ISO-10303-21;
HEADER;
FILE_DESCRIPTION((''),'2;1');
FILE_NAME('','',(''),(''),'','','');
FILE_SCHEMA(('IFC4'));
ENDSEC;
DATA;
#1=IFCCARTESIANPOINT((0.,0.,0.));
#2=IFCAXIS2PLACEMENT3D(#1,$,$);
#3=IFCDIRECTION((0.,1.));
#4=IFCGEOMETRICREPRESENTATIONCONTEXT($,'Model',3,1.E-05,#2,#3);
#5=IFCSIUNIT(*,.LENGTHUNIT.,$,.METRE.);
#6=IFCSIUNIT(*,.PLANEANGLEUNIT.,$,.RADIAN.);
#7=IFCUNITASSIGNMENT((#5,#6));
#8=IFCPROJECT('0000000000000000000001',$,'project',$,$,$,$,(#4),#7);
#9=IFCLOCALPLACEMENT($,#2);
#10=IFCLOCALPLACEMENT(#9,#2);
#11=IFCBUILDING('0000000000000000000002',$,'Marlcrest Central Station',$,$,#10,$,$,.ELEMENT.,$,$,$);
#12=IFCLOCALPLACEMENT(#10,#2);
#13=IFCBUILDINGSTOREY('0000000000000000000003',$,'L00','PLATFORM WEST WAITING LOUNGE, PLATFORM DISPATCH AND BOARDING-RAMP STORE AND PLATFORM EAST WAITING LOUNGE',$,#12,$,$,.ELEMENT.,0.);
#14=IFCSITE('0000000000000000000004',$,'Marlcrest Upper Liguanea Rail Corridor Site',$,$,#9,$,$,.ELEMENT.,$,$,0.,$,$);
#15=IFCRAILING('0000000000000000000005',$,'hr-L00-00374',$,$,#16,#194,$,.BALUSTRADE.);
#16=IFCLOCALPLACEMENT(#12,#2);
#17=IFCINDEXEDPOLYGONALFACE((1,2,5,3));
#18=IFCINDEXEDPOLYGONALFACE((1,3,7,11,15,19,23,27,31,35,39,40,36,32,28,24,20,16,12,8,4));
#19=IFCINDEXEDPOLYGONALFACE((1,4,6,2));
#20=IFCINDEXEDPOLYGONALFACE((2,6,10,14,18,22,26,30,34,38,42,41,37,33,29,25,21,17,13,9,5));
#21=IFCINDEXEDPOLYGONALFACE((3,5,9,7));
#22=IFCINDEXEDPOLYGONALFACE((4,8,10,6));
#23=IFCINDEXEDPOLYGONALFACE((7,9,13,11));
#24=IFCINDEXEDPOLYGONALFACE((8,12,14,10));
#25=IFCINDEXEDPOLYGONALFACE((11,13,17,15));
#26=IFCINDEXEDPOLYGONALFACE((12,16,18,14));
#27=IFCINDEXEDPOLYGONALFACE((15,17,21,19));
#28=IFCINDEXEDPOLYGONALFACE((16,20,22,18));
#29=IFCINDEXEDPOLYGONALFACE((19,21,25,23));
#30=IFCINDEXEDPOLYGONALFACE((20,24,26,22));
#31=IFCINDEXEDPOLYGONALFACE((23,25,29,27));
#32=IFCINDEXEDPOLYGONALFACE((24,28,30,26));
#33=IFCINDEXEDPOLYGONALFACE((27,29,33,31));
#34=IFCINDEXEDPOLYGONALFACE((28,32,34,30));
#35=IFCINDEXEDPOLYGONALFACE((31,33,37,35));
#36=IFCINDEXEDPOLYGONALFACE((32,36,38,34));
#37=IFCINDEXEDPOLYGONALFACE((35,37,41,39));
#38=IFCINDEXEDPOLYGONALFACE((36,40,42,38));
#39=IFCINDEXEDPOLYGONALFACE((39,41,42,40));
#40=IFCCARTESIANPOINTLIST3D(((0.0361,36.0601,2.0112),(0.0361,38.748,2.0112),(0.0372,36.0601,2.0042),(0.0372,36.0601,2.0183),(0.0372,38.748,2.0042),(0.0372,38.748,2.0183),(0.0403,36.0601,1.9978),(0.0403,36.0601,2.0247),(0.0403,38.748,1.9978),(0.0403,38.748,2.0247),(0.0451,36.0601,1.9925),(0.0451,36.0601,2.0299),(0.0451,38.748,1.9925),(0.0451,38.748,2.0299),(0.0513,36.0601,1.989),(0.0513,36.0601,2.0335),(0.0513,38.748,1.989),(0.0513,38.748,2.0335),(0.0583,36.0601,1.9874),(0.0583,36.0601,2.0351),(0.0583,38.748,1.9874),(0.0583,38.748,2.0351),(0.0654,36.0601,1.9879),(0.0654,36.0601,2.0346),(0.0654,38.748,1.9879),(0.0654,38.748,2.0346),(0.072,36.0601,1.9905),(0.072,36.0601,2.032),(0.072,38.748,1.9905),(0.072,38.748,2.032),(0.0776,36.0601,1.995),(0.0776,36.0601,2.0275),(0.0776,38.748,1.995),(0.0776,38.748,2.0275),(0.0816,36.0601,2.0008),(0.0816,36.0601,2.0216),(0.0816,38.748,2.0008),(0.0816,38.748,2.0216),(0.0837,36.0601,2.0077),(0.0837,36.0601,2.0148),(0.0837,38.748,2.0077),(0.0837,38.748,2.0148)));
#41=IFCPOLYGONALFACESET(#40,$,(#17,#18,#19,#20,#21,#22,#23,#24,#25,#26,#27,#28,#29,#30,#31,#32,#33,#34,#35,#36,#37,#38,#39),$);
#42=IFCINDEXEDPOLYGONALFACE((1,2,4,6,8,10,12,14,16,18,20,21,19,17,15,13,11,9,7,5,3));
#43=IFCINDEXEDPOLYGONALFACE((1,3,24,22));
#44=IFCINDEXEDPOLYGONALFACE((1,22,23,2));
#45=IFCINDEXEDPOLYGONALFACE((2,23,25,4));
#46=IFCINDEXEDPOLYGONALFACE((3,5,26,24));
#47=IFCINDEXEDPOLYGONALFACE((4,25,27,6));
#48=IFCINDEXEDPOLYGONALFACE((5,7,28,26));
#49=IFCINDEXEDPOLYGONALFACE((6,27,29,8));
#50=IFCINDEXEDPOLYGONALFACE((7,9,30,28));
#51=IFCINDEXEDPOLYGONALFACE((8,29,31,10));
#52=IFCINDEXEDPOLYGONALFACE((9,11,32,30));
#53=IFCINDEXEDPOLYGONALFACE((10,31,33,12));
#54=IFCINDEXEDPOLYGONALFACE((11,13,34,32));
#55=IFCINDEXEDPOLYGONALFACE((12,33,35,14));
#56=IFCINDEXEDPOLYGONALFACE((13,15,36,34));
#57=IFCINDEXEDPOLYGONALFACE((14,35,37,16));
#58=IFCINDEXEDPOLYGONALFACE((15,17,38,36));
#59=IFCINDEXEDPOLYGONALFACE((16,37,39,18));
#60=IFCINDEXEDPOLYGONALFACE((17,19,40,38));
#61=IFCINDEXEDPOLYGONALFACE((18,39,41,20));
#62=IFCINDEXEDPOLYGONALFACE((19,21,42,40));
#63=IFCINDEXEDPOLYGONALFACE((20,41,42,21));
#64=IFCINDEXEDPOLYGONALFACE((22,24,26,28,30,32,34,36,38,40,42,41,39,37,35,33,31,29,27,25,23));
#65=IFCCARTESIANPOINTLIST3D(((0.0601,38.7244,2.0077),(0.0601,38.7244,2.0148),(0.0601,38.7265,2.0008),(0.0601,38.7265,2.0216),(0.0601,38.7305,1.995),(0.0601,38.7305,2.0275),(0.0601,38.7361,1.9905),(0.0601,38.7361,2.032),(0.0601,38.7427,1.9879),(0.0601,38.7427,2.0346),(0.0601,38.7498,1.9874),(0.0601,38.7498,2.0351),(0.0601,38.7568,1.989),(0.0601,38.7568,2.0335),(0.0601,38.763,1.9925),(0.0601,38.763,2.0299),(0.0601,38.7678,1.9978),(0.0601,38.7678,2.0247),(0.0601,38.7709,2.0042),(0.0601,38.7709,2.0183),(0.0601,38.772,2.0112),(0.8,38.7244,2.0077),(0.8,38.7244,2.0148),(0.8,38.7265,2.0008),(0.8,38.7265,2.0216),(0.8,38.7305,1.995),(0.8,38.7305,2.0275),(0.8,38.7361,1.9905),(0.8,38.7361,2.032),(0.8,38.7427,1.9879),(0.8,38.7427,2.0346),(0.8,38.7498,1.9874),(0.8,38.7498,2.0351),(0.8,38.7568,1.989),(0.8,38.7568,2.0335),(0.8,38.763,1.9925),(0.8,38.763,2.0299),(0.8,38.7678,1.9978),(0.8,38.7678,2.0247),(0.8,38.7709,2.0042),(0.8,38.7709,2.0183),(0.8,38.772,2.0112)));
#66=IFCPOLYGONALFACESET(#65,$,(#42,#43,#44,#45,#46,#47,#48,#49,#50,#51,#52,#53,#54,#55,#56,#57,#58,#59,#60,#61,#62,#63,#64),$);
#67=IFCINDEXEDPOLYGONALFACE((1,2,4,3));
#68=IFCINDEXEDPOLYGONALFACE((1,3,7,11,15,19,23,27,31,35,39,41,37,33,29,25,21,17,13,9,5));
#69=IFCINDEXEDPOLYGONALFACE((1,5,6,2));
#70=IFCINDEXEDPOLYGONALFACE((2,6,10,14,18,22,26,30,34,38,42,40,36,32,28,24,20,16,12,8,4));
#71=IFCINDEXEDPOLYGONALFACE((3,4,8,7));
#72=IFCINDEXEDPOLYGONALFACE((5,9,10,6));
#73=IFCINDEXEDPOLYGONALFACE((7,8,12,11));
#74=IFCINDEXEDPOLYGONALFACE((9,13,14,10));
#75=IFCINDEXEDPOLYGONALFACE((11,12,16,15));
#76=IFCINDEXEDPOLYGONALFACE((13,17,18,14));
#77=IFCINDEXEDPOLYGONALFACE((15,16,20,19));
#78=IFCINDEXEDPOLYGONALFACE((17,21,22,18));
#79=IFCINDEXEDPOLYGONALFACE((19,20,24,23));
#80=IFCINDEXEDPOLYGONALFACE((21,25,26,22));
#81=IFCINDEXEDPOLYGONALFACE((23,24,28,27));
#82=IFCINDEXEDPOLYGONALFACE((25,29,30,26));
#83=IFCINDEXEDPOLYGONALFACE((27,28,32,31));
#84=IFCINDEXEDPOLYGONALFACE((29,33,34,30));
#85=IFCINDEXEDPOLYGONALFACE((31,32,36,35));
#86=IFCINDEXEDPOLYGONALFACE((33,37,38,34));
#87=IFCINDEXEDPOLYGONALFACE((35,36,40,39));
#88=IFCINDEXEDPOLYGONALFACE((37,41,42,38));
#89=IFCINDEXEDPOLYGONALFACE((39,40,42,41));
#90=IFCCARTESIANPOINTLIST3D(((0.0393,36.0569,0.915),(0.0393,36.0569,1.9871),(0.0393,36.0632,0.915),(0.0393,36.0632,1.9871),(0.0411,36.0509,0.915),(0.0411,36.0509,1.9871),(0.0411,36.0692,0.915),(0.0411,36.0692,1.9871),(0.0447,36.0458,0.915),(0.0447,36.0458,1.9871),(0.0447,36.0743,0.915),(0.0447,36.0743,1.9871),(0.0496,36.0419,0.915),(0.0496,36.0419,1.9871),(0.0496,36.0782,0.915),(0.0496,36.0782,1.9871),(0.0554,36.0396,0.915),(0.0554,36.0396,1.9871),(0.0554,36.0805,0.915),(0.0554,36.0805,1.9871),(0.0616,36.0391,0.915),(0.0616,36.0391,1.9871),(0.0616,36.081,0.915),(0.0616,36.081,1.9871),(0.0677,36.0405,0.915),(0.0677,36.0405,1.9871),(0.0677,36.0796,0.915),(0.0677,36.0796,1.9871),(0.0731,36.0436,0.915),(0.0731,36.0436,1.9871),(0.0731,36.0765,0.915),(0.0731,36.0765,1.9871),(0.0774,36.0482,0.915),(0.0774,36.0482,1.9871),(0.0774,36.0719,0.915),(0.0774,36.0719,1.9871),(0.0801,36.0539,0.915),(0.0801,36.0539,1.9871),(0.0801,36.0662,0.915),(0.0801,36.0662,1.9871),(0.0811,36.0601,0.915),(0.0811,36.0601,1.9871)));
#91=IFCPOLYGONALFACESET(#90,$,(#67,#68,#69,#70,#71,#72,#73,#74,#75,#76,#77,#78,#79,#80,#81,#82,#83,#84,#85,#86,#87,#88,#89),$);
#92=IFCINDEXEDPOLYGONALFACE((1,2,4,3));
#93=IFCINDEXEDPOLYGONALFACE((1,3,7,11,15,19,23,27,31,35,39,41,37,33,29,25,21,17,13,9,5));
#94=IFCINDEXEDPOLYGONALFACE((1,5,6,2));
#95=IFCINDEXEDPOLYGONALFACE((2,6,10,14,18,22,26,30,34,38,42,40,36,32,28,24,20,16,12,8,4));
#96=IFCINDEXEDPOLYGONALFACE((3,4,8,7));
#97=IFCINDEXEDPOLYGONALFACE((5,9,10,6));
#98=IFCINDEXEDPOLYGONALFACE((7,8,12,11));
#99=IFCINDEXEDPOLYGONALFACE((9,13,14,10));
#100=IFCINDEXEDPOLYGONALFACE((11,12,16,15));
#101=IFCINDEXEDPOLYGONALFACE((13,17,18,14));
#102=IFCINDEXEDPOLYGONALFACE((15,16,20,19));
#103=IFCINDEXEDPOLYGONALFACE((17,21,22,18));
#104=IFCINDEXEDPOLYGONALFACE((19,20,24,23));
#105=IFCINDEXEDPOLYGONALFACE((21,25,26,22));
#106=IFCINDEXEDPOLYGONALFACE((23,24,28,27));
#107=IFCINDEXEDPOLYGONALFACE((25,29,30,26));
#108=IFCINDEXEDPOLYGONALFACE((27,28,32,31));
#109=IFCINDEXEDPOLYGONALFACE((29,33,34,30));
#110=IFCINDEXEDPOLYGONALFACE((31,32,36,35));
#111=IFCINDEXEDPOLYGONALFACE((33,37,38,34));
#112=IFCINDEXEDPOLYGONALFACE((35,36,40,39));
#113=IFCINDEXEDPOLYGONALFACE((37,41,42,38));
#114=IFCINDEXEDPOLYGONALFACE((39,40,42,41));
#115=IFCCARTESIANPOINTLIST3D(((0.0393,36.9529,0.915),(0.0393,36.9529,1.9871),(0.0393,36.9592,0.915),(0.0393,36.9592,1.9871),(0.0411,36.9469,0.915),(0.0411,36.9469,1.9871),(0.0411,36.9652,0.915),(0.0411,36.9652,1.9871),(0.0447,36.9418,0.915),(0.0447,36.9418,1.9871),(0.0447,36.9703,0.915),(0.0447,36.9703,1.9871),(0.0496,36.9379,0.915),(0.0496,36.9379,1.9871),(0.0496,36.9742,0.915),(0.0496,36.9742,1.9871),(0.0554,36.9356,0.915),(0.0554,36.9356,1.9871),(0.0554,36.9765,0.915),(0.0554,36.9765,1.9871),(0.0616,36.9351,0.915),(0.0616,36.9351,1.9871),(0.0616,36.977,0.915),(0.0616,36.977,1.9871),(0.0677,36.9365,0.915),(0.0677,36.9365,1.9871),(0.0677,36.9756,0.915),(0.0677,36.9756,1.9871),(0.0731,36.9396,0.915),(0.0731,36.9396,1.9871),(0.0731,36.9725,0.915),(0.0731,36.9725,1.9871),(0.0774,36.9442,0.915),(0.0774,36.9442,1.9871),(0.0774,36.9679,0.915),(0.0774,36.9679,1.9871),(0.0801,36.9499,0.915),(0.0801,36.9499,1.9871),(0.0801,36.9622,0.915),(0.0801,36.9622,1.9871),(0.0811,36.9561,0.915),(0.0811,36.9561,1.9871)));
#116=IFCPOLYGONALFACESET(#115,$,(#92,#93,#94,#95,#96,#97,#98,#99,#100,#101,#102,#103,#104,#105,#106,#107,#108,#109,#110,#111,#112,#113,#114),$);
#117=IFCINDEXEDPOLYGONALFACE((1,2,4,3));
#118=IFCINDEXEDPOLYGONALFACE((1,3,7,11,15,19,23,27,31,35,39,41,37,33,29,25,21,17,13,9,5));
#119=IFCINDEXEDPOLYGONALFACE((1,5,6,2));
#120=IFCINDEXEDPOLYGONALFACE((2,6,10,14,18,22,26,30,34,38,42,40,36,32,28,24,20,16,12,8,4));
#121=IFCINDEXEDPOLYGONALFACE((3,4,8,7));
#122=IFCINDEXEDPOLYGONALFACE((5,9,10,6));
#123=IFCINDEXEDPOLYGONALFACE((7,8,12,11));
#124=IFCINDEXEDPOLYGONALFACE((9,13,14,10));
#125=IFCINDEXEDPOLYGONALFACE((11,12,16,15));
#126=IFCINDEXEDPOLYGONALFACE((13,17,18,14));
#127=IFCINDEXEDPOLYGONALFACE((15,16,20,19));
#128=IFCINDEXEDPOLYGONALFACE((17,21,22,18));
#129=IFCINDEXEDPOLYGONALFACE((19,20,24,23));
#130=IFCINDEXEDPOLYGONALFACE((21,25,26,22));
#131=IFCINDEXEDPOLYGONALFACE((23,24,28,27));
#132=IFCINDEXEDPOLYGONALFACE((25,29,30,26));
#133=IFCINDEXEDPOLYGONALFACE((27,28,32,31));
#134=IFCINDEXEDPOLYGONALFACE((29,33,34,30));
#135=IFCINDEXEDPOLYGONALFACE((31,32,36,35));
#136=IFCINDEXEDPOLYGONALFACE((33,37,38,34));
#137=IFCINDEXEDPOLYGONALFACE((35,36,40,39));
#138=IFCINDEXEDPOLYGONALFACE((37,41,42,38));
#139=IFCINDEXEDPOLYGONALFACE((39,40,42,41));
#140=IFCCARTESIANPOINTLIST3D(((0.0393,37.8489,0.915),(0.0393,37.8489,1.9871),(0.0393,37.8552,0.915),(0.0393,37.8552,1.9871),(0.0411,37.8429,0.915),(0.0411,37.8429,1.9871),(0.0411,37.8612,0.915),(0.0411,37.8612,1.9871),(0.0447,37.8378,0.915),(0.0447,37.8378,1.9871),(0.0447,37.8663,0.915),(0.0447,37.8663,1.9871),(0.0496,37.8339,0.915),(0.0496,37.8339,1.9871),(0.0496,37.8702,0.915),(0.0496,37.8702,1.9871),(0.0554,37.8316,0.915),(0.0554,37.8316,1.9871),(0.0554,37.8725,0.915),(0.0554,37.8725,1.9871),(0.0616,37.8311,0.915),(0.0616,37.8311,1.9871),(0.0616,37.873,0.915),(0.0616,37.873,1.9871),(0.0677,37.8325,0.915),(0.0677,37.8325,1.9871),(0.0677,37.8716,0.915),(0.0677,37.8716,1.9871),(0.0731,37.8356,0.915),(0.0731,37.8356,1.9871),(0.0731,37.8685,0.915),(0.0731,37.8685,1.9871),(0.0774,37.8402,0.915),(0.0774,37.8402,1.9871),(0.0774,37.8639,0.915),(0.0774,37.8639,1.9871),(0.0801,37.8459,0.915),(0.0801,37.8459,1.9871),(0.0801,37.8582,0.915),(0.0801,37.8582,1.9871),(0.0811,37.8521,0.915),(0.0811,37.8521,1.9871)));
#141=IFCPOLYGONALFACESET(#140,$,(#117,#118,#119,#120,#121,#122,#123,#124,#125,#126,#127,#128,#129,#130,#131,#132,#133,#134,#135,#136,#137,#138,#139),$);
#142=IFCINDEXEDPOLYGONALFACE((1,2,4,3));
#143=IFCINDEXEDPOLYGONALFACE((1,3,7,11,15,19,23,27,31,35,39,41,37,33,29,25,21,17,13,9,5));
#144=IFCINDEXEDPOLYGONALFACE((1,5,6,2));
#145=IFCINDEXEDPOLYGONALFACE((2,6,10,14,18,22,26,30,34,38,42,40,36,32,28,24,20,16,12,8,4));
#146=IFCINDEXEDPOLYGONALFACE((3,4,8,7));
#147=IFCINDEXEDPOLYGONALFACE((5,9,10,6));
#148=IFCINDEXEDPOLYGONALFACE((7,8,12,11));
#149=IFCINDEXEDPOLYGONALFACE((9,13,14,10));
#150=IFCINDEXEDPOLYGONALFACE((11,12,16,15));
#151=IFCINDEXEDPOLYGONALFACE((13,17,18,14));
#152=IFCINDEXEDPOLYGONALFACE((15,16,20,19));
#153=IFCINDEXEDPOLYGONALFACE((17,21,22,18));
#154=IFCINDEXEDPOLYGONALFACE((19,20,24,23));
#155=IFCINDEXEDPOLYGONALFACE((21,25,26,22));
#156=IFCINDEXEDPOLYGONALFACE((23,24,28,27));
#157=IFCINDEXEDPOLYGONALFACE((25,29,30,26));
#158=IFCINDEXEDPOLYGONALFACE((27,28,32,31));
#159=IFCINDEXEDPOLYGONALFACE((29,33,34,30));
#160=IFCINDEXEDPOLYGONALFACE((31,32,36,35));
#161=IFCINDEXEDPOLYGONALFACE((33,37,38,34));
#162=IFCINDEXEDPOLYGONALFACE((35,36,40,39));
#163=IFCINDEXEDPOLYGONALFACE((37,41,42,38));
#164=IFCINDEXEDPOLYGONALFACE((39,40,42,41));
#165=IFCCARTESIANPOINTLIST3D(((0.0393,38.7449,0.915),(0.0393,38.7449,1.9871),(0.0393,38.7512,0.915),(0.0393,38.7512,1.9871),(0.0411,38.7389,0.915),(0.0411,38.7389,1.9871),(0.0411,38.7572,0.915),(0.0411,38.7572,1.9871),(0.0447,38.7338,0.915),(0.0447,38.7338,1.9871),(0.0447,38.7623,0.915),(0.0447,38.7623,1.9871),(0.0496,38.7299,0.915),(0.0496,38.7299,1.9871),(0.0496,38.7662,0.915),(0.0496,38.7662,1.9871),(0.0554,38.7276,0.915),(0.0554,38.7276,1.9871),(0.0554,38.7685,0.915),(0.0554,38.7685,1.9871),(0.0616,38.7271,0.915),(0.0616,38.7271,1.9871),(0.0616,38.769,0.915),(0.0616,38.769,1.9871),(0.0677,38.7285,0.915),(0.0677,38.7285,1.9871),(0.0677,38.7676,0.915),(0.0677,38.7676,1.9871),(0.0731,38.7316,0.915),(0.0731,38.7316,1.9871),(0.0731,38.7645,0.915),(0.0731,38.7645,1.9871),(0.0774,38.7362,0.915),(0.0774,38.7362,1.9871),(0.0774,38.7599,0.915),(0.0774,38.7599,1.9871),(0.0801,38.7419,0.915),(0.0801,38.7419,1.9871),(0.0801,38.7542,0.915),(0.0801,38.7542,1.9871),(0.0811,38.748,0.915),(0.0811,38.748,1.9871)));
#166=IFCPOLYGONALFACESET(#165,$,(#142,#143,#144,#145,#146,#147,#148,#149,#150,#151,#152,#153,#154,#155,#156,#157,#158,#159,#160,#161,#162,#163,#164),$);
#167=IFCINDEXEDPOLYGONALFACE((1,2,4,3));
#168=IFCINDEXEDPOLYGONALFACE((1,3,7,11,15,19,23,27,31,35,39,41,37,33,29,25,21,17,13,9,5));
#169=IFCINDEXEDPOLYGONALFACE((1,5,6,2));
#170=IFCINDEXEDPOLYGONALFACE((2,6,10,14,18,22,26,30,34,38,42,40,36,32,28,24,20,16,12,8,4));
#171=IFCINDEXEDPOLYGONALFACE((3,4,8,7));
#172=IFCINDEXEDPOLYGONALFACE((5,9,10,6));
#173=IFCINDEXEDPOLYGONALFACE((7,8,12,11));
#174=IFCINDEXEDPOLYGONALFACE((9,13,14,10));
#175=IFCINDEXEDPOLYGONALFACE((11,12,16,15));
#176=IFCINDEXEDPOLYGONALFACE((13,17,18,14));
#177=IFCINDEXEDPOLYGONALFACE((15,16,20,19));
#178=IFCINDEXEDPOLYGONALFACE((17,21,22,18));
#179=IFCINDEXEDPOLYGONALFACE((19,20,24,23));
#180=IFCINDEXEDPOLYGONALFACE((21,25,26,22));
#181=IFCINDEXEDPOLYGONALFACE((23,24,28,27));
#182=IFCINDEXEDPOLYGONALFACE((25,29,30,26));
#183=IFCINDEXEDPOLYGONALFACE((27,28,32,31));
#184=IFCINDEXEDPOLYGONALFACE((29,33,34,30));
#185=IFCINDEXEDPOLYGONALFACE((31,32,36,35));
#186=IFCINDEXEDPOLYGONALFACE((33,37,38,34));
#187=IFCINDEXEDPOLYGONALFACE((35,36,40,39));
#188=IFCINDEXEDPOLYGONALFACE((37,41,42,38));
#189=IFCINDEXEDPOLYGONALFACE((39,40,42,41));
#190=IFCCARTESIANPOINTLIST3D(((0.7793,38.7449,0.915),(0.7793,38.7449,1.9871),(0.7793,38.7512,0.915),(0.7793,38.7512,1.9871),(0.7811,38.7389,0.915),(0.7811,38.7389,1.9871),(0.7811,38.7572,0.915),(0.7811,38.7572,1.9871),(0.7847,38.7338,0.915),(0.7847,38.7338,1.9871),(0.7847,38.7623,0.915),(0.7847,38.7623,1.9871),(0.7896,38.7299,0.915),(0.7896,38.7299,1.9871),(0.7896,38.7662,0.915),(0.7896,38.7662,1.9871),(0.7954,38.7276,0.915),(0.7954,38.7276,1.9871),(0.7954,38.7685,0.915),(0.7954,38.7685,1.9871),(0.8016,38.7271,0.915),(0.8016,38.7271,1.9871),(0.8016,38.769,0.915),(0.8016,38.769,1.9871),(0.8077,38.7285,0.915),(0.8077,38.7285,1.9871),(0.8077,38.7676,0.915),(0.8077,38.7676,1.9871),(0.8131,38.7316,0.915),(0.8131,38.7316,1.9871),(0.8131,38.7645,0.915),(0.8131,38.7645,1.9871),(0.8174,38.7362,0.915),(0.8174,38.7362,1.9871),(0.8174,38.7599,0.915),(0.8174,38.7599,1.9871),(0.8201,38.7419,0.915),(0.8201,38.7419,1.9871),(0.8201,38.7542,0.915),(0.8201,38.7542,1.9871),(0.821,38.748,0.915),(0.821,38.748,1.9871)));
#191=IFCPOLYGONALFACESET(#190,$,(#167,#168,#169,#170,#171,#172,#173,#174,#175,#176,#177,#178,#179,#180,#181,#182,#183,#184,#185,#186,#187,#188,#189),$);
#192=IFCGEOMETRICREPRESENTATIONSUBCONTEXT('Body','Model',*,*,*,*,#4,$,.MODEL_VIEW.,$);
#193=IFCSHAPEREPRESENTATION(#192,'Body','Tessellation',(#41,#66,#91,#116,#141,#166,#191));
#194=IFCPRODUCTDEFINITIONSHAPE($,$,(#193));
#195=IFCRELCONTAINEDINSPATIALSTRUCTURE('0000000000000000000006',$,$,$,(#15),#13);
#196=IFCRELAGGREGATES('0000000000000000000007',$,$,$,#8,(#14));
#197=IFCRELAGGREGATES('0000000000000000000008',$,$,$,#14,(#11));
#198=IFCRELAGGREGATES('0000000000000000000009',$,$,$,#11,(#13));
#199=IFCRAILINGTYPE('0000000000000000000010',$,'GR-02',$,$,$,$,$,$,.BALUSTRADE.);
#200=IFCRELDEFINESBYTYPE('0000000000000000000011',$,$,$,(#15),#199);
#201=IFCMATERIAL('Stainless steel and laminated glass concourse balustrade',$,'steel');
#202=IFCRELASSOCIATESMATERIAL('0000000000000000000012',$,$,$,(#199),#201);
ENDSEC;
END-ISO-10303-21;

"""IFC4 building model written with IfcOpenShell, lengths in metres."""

from ifc_helpers import new_model, si_unit, direction, frame, origin, origin_2d, place, context, subcontext, project, spatial, circle, extrude, material, type_object, element, save


model = new_model("IFC4")

# Units and contexts
model_context = context("Model", 3, precision=1e-05, world=origin(), true_north=direction((0.0, 1.0)))
body_context = subcontext(model_context, "Body", "Model", "MODEL_VIEW")
ifc_project = project(units=[si_unit("LENGTHUNIT", "METRE"), si_unit("PLANEANGLEUNIT", "RADIAN")], contexts=[model_context])

# Site, building, storey
site_placement = place(None, origin())
site = spatial("IfcSite", under=ifc_project, at=site_placement, Name="Marlcrest Upper Liguanea Rail Corridor Site", CompositionType="ELEMENT", RefElevation=0.0)
building_placement = place(site_placement, origin())
building = spatial("IfcBuilding", under=site, at=building_placement, Name="Marlcrest Central Station", CompositionType="ELEMENT")
storey_placement = place(building_placement, origin())
storey = spatial("IfcBuildingStorey", under=building, at=storey_placement, Name="L00", Description="PLATFORM WEST WAITING LOUNGE, PLATFORM DISPATCH AND BOARDING-RAMP STORE AND PLATFORM EAST WAITING LOUNGE", CompositionType="ELEMENT", Elevation=0.0)

# Railing
ifc_material_1 = material(Name="Stainless steel and laminated glass concourse balustrade", Category="steel")
railing_type = type_object("IfcRailingType", Name="GR-02", PredefinedType="BALUSTRADE", material=ifc_material_1)
railing_1_placement = place(storey_placement, frame((0.0601, 36.0601, 0.915)))
element("IfcRailing", 1, at=railing_1_placement, inside=storey, type_object=railing_type, Name="hr-L00-00374", PredefinedType="BALUSTRADE", context=body_context, shape_type="SweptSolid", body=[
    extrude(circle(Radius=0.0239, at=origin_2d()), frame((0.0, 0.0, 1.0962), z_axis=(0.0, 1.0, 0.0), x_axis=(-1.0, 0.0, 0.0)), (0.0, 0.0, 1.0), 2.688),
    extrude(circle(Radius=0.0239, at=origin_2d()), frame((0.0, 2.688, 1.0962), z_axis=(1.0, 0.0, 0.0), x_axis=(0.0, 1.0, 0.0)), (0.0, 0.0, 1.0), 0.74),
    extrude(circle(Radius=0.021, at=origin_2d()), origin(), (0.0, 0.0, 1.0), 1.072),
    extrude(circle(Radius=0.021, at=origin_2d()), frame((0.0, 0.896, 0.0)), (0.0, 0.0, 1.0), 1.072),
    extrude(circle(Radius=0.021, at=origin_2d()), frame((0.0, 1.792, 0.0)), (0.0, 0.0, 1.0), 1.072),
    extrude(circle(Radius=0.021, at=origin_2d()), frame((0.0, 2.688, 0.0)), (0.0, 0.0, 1.0), 1.072),
    extrude(circle(Radius=0.021, at=origin_2d()), frame((0.74, 2.688, 0.0)), (0.0, 0.0, 1.0), 1.072),
])

save(model, "model.ifc")
